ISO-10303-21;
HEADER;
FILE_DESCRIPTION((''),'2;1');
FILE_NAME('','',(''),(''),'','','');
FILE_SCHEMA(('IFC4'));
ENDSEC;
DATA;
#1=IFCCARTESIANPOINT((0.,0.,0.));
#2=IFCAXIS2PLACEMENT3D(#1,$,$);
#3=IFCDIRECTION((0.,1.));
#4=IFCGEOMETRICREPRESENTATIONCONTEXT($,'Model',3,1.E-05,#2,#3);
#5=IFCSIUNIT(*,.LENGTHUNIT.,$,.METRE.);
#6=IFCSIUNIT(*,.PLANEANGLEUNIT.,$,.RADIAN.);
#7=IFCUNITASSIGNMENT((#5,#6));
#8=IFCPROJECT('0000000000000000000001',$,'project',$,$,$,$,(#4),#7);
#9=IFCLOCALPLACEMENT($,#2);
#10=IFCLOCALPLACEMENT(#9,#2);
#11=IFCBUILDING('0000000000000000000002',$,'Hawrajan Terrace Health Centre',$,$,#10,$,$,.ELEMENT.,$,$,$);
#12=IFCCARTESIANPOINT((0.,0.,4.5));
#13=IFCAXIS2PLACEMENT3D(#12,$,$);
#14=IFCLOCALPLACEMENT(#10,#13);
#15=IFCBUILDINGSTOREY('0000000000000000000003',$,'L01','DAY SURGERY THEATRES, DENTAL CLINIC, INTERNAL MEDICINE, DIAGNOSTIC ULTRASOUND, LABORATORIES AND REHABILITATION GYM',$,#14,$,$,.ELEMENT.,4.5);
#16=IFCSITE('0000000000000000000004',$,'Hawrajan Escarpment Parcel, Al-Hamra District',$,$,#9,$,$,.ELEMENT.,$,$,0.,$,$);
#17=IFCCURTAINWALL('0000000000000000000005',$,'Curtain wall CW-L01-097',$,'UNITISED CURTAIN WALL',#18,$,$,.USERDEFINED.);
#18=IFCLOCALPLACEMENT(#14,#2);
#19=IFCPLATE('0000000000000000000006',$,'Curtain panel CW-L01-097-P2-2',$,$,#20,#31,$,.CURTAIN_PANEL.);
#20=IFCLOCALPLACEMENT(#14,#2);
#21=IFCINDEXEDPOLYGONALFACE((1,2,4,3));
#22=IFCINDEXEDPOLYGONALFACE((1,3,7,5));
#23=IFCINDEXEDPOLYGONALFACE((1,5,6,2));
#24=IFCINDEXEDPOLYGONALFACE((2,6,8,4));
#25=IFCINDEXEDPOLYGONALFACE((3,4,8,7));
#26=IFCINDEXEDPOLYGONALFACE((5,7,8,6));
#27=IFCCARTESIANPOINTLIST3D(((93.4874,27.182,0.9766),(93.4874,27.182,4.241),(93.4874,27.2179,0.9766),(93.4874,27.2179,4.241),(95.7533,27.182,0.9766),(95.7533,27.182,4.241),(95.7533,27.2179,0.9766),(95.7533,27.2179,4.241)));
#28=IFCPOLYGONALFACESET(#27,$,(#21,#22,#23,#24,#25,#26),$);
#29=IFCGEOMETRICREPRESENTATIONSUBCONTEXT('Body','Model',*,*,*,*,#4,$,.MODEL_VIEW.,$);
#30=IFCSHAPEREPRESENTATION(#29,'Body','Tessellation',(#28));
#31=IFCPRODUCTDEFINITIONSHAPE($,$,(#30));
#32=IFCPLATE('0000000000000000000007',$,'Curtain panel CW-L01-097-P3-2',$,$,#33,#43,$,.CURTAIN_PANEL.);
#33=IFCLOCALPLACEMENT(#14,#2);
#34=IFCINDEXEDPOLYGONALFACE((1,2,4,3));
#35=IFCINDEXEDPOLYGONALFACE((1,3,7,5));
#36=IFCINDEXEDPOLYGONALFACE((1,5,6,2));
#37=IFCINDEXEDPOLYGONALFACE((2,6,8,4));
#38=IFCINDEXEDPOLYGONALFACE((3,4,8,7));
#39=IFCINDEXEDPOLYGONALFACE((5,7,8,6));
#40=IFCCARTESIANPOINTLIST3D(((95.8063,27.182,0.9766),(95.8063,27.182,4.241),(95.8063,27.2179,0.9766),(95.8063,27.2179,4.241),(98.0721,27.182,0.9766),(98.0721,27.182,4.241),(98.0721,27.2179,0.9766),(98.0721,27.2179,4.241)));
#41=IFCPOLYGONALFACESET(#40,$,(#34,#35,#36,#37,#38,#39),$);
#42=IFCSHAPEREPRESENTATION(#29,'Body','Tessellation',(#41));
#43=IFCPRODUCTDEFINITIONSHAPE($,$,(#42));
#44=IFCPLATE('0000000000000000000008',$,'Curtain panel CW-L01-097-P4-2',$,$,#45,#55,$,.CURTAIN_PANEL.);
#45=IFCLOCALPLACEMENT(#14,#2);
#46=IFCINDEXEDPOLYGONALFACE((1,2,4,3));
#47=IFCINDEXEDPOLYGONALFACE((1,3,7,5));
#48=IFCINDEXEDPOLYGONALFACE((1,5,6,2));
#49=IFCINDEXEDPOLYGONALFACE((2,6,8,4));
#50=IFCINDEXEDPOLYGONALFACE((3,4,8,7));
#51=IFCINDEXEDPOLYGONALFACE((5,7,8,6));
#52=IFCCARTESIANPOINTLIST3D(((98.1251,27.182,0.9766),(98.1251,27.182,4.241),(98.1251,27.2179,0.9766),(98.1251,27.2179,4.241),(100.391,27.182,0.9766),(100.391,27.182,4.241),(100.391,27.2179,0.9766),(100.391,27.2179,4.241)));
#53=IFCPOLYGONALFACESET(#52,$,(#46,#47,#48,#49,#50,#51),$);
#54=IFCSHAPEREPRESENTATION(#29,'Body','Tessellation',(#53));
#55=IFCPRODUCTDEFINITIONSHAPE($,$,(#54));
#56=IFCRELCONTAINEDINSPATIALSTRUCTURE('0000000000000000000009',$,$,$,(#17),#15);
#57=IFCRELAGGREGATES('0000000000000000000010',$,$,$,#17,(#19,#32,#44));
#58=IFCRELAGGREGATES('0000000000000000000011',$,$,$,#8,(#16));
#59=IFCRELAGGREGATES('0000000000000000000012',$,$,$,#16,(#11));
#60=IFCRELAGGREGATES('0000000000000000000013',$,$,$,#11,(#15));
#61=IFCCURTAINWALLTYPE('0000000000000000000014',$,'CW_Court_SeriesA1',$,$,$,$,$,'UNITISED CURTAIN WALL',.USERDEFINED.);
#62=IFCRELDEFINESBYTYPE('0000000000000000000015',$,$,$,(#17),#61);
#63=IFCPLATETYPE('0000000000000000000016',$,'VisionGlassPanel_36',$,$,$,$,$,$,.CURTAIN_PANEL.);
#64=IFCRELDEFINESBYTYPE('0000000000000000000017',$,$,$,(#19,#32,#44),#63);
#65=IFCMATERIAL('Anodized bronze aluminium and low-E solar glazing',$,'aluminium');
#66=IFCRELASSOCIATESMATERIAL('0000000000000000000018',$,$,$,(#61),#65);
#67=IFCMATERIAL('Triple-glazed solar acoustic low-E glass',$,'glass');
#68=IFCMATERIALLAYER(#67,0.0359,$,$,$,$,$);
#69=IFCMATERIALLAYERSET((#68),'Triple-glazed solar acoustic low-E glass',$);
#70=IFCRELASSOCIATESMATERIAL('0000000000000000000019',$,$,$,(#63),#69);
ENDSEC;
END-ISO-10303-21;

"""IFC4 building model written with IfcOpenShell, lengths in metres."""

from ifc_helpers import new_model, si_unit, direction, frame, origin, origin_2d, place, context, subcontext, project, spatial, rectangle, extrude, material, layer, layer_set, type_object, element, aggregate, save


model = new_model("IFC4")

# Units and contexts
model_context = context("Model", 3, precision=1e-05, world=origin(), true_north=direction((0.0, 1.0)))
body_context = subcontext(model_context, "Body", "Model", "MODEL_VIEW")
ifc_project = project(units=[si_unit("LENGTHUNIT", "METRE"), si_unit("PLANEANGLEUNIT", "RADIAN")], contexts=[model_context])

# Site, building, storey
site_placement = place(None, origin())
site = spatial("IfcSite", under=ifc_project, at=site_placement, Name="Hawrajan Escarpment Parcel, Al-Hamra District", CompositionType="ELEMENT", RefElevation=0.0)
building_placement = place(site_placement, origin())
building = spatial("IfcBuilding", under=site, at=building_placement, Name="Hawrajan Terrace Health Centre", CompositionType="ELEMENT")
storey_placement = place(building_placement, frame((0.0, 0.0, 4.5)))
storey = spatial("IfcBuildingStorey", under=building, at=storey_placement, Name="L01", Description="DAY SURGERY THEATRES, DENTAL CLINIC, INTERNAL MEDICINE, DIAGNOSTIC ULTRASOUND, LABORATORIES AND REHABILITATION GYM", CompositionType="ELEMENT", Elevation=4.5)

# Curtain wall
ifc_material_1 = material(Name="Anodized bronze aluminium and low-E solar glazing", Category="aluminium")
curtain_wall_type = type_object("IfcCurtainWallType", Name="CW_Court_SeriesA1", ElementType="UNITISED CURTAIN WALL", PredefinedType="USERDEFINED", material=ifc_material_1)
curtain_wall_placement = place(storey_placement, origin())
curtain_wall = element("IfcCurtainWall", 1, at=curtain_wall_placement, inside=storey, type_object=curtain_wall_type, Name="Curtain wall CW-L01-097", ObjectType="UNITISED CURTAIN WALL", PredefinedType="USERDEFINED")

# Plates
ifc_material_2 = material(Name="Triple-glazed solar acoustic low-E glass", Category="glass")
ifc_layer_1 = layer(ifc_material_2, 0.0359)
ifc_layer_set_1 = layer_set([ifc_layer_1], Name="Triple-glazed solar acoustic low-E glass")
plate_type_1 = type_object("IfcPlateType", Name="VisionGlassPanel_36", PredefinedType="CURTAIN_PANEL", material=ifc_layer_set_1)
plate_1_placement = place(storey_placement, frame((94.6204, 27.2, 0.9766), z_axis=(0.0, 0.0, 1.0), x_axis=(1.0, 0.0, 0.0)))
plate_1 = element("IfcPlate", 2, at=plate_1_placement, type_object=plate_type_1, Name="Curtain panel CW-L01-097-P2-2", PredefinedType="CURTAIN_PANEL", context=body_context, shape_type="SweptSolid", body=[
    extrude(rectangle(XDim=2.2659, YDim=0.0359, at=origin_2d()), origin(), (0.0, 0.0, 1.0), 3.2644),
])
plate_2_placement = place(storey_placement, frame((96.9392, 27.2, 0.9766), z_axis=(0.0, 0.0, 1.0), x_axis=(1.0, 0.0, 0.0)))
plate_2 = element("IfcPlate", 3, at=plate_2_placement, type_object=plate_type_1, Name="Curtain panel CW-L01-097-P3-2", PredefinedType="CURTAIN_PANEL", context=body_context, shape_type="SweptSolid", body=[
    extrude(rectangle(XDim=2.2659, YDim=0.0359, at=origin_2d()), origin(), (0.0, 0.0, 1.0), 3.2644),
])
plate_3_placement = place(storey_placement, frame((99.2581, 27.2, 0.9766), z_axis=(0.0, 0.0, 1.0), x_axis=(1.0, 0.0, 0.0)))
plate_3 = element("IfcPlate", 4, at=plate_3_placement, type_object=plate_type_1, Name="Curtain panel CW-L01-097-P4-2", PredefinedType="CURTAIN_PANEL", context=body_context, shape_type="SweptSolid", body=[
    extrude(rectangle(XDim=2.2659, YDim=0.0359, at=origin_2d()), origin(), (0.0, 0.0, 1.0), 3.2644),
])
aggregate(curtain_wall, [plate_1, plate_2, plate_3])

save(model, "model.ifc")
